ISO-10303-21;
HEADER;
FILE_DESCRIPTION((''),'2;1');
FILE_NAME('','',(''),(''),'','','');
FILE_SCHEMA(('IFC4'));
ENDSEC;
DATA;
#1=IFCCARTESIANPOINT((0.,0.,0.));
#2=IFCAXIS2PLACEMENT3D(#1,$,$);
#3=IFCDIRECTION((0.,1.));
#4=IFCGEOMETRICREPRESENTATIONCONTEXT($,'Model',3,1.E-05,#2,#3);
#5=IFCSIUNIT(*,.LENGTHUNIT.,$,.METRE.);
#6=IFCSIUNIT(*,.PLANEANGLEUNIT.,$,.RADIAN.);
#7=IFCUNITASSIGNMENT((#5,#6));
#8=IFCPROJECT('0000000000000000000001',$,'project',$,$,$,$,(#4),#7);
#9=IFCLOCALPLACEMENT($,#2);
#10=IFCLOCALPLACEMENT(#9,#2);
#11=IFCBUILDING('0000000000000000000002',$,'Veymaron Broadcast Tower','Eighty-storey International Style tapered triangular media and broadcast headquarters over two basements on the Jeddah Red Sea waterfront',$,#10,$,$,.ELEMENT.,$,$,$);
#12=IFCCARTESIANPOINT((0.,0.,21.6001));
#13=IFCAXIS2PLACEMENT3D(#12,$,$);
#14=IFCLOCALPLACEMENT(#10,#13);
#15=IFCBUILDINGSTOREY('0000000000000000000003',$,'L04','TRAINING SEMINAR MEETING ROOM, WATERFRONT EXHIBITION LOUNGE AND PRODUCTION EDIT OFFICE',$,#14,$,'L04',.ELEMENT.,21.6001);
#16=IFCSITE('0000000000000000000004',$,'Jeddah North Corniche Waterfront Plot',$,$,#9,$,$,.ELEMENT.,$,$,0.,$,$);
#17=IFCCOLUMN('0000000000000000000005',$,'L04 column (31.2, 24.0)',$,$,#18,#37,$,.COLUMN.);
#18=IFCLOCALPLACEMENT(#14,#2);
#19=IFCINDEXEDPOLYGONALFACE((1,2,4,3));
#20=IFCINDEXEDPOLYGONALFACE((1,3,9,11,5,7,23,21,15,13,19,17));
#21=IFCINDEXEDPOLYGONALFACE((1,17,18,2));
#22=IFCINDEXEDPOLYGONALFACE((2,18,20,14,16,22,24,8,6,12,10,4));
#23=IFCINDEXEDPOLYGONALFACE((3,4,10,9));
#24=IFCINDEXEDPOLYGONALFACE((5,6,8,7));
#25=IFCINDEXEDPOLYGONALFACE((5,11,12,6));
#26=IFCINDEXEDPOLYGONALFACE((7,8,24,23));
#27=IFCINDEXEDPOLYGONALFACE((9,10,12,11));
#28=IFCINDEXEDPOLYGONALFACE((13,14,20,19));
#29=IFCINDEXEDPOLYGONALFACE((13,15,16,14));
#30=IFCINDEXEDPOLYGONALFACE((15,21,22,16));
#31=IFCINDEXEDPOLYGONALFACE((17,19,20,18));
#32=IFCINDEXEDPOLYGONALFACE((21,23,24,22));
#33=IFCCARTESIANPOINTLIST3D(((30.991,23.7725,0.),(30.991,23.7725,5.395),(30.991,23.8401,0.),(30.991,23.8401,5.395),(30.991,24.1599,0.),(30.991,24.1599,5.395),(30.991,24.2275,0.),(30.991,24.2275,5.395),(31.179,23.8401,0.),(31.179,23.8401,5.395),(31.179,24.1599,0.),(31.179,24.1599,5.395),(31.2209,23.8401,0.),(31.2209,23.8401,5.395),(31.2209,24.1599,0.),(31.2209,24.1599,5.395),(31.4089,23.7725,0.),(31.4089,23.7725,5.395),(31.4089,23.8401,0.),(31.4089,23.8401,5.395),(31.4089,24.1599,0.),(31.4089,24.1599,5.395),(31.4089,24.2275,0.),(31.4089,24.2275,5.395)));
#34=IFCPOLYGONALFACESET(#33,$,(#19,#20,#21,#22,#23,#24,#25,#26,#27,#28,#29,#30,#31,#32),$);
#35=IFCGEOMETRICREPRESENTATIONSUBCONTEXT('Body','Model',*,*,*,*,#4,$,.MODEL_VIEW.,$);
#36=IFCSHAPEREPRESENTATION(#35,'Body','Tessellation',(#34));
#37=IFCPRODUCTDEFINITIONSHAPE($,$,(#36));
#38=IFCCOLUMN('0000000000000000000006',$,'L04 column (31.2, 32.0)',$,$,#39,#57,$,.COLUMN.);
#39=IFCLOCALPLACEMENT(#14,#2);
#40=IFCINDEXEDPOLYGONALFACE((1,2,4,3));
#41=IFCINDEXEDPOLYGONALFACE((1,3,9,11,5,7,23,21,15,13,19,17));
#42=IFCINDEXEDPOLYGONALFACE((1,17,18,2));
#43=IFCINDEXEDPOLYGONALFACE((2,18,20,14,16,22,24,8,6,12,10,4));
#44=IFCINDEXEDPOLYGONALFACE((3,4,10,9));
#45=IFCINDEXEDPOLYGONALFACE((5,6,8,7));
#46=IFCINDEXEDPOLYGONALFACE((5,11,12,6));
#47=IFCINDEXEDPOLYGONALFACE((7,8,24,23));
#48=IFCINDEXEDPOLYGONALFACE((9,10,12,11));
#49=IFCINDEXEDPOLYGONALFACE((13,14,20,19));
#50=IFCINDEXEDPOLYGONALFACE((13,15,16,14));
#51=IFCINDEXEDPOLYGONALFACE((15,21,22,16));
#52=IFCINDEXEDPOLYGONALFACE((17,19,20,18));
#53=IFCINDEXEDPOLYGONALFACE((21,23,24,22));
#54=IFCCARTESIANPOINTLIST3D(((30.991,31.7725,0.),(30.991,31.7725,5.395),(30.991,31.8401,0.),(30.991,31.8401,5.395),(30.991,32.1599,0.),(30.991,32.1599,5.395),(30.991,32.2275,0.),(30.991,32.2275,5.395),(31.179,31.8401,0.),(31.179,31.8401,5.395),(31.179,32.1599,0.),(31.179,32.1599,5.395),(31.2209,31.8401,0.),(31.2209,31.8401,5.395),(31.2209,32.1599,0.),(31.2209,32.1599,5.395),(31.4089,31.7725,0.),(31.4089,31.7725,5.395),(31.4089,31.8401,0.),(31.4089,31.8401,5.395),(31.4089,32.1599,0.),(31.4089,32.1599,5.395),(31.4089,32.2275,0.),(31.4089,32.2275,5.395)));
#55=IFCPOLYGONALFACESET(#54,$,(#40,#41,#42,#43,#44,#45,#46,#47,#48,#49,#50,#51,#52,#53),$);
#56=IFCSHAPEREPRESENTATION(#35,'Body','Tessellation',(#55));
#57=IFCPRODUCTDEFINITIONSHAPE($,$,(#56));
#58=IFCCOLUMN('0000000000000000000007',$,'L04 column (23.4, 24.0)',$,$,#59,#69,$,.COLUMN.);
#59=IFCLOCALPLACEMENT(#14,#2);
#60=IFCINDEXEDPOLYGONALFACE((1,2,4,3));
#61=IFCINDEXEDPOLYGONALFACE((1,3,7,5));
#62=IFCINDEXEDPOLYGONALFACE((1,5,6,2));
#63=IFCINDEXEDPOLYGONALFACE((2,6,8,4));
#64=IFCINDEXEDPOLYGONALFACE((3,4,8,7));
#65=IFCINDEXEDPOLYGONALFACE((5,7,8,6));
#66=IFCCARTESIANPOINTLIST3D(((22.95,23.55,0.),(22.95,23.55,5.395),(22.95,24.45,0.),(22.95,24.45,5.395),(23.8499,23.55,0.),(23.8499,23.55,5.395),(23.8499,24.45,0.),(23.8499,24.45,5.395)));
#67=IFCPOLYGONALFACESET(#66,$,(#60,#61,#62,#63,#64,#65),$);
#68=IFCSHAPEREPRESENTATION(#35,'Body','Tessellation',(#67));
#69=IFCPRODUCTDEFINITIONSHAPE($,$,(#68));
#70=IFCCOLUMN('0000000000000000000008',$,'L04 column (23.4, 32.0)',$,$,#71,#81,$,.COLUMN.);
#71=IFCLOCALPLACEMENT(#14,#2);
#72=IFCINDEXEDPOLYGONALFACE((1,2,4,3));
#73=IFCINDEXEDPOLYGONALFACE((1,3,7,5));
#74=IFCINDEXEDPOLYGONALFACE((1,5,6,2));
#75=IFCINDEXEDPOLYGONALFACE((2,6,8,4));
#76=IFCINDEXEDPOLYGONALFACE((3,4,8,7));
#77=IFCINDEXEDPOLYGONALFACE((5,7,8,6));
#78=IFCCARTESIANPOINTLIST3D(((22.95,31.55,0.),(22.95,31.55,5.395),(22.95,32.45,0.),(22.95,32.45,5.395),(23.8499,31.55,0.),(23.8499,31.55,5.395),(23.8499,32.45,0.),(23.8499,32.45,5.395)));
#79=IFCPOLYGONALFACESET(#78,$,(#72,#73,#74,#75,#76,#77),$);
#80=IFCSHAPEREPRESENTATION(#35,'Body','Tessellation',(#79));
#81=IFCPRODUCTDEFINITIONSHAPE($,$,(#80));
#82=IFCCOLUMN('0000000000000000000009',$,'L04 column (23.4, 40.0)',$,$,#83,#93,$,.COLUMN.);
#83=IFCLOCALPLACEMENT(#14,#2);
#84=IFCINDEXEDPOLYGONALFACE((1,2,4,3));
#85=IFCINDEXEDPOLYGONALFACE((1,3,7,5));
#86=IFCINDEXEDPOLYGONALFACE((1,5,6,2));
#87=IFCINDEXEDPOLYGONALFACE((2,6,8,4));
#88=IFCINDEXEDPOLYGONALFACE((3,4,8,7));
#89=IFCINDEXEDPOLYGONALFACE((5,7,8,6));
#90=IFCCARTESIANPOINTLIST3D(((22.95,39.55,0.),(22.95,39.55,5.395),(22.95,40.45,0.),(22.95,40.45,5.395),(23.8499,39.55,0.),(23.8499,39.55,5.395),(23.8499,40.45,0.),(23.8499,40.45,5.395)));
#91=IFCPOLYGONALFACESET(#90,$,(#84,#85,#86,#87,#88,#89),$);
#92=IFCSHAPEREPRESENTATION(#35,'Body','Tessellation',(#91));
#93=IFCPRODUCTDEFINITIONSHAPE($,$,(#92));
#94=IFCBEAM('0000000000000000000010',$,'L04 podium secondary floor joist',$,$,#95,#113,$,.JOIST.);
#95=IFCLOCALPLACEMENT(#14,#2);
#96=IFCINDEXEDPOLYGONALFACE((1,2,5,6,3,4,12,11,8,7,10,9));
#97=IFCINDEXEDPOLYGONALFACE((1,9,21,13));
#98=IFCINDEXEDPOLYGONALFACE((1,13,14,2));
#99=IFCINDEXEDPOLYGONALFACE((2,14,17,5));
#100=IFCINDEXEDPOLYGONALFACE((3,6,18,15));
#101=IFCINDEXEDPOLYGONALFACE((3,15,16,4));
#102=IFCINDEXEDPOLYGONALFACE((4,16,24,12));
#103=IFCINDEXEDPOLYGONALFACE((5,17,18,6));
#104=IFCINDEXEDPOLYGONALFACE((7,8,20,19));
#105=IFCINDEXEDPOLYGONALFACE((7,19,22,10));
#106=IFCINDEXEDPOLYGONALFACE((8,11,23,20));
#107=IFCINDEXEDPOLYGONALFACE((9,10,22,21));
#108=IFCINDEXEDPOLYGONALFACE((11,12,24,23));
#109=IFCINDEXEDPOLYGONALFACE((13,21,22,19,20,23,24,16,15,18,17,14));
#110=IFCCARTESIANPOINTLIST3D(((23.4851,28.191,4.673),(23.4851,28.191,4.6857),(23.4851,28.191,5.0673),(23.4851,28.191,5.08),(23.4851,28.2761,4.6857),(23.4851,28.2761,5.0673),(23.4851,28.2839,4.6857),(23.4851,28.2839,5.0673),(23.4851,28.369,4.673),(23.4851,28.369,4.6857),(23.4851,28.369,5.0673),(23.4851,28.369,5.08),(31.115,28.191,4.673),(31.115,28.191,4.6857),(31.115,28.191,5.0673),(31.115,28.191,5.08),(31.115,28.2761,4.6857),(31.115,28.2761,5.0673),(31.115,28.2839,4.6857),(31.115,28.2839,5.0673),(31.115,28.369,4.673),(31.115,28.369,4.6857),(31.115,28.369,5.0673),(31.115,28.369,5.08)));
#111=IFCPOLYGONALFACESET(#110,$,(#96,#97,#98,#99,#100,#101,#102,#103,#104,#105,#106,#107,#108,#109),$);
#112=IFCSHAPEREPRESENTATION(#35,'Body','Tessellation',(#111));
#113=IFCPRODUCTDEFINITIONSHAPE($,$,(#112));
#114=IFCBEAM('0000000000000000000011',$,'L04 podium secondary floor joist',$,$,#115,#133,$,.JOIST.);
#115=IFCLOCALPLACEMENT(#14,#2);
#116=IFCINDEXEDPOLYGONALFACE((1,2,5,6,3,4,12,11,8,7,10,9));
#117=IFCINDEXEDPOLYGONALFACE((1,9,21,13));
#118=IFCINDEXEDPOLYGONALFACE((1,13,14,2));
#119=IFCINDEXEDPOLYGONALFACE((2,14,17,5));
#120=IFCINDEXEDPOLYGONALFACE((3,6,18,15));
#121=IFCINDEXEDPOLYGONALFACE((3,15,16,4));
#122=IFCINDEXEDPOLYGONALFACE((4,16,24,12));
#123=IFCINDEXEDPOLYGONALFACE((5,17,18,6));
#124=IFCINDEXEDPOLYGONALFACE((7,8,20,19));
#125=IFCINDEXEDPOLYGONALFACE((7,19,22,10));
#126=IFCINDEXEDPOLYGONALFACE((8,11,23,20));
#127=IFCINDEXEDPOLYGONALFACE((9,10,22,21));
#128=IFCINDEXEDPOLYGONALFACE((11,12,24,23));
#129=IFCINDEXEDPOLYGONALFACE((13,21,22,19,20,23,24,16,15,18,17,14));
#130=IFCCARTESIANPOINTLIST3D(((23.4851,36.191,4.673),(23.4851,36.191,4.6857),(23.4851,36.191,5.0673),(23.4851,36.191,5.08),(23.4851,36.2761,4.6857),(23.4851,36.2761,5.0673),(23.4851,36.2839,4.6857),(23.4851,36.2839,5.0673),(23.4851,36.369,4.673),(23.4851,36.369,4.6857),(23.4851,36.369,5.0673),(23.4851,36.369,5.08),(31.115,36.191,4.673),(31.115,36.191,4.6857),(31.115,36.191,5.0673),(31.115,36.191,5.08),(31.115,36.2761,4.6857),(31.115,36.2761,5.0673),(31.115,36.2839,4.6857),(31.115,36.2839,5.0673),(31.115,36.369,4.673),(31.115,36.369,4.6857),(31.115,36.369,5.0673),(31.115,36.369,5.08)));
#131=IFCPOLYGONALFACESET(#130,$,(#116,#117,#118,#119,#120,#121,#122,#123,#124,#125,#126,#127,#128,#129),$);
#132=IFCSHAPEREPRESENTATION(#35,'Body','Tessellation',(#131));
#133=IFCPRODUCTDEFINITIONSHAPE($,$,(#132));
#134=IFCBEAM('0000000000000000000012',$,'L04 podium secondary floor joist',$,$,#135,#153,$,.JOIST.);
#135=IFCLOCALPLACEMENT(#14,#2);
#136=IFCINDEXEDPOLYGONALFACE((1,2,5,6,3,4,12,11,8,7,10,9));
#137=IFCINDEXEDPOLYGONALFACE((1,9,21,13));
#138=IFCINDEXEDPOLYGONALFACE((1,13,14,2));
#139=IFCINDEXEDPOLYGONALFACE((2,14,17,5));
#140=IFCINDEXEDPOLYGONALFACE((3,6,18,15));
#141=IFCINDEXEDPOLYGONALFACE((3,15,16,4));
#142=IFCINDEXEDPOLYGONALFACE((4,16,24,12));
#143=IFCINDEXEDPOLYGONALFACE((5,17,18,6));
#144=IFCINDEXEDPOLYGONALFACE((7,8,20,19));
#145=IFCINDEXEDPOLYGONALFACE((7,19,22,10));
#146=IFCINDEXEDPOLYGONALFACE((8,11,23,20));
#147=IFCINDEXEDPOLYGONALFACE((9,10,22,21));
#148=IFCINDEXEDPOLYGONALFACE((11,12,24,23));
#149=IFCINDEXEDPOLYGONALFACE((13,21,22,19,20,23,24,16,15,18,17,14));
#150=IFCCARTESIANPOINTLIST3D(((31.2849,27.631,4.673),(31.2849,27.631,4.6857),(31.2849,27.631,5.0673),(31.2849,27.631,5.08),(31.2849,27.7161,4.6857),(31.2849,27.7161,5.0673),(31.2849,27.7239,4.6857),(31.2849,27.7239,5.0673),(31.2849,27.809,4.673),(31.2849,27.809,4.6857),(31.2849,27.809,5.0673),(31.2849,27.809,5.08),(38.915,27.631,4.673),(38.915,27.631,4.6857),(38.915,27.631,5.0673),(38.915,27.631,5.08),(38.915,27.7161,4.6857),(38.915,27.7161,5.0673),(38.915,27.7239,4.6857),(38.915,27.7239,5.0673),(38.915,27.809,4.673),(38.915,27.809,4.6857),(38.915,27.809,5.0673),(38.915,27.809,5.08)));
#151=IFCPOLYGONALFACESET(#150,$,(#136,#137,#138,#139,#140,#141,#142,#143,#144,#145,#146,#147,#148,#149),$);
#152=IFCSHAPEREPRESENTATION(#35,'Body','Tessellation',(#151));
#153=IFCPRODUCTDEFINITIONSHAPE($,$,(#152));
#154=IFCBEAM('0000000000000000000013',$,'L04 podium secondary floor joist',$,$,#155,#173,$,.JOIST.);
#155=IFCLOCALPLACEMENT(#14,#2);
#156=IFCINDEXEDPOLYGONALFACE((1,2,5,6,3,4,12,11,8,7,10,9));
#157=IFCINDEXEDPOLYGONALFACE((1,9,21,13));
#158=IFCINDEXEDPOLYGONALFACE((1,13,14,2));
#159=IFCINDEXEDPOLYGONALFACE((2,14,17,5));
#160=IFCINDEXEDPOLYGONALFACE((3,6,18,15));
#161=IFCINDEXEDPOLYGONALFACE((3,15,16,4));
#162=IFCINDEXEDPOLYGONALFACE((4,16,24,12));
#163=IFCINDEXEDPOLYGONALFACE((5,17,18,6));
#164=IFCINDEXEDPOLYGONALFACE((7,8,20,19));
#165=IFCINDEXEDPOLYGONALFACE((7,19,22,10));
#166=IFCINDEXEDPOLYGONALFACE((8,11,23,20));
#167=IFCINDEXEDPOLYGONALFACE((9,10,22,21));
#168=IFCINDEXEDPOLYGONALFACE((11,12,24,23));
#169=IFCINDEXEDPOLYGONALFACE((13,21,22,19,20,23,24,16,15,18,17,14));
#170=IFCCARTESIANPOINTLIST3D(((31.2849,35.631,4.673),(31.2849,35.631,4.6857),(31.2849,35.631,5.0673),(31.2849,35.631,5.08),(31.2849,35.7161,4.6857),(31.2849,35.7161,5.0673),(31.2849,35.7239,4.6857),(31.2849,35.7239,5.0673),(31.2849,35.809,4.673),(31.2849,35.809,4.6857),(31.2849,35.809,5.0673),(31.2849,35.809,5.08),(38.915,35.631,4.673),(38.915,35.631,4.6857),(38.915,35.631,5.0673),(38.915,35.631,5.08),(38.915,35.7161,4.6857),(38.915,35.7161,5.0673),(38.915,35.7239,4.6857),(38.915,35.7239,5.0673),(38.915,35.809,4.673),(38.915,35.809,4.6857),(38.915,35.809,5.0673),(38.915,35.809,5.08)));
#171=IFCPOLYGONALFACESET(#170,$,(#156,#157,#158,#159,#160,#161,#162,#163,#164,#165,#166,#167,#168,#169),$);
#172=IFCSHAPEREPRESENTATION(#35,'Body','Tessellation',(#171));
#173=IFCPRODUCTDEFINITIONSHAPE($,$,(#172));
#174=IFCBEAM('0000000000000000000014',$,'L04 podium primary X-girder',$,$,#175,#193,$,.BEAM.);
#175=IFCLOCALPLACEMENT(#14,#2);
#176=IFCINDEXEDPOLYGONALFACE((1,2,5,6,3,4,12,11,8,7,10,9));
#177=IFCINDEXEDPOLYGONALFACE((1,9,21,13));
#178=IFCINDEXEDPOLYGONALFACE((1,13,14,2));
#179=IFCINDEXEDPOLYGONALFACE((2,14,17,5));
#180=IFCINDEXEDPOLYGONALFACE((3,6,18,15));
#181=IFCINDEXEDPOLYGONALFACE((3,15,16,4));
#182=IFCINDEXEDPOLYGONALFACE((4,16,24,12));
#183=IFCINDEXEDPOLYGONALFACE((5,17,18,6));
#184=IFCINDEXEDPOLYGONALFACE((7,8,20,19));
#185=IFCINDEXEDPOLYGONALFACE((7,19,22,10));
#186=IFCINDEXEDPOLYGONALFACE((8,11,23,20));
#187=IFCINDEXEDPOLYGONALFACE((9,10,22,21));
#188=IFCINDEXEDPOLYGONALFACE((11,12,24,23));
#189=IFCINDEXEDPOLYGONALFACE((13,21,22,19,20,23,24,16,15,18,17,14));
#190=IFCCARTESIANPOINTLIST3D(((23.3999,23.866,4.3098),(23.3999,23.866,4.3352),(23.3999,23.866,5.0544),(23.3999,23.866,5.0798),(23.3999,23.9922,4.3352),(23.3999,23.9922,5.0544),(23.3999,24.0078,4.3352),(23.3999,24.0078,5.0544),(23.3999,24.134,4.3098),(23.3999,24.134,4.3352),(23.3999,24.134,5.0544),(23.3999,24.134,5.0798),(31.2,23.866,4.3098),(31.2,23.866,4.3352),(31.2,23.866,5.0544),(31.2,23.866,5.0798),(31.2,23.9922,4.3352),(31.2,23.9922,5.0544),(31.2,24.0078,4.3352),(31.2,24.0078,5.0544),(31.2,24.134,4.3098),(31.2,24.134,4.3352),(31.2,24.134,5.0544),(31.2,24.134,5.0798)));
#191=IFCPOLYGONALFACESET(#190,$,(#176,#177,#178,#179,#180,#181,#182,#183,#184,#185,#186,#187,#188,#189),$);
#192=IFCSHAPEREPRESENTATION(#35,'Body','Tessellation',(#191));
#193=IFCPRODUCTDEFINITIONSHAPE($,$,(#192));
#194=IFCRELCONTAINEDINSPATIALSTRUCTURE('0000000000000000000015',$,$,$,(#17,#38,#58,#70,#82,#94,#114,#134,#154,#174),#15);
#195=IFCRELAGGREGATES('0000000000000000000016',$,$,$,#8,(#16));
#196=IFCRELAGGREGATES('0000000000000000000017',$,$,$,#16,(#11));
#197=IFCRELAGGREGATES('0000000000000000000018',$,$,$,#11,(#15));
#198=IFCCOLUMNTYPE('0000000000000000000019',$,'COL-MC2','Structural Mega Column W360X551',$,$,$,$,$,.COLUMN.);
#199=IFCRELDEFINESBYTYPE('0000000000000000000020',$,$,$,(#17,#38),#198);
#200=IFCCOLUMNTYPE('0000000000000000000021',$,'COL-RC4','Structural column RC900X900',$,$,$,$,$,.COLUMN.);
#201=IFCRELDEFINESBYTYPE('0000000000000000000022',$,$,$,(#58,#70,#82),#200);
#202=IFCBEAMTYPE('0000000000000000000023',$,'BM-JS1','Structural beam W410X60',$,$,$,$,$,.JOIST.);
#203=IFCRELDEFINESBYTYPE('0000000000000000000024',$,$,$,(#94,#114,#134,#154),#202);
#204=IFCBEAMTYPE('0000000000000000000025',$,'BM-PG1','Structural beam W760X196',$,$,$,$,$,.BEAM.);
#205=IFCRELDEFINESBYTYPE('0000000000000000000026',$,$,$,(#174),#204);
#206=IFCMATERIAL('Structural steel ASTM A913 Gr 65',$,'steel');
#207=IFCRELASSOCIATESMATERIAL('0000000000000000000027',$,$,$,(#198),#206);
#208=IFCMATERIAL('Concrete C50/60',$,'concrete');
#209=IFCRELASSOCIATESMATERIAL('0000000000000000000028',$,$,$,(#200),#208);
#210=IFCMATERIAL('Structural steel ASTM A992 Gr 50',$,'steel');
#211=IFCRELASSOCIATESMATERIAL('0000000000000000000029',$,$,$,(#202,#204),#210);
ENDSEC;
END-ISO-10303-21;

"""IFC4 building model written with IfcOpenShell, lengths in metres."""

from ifc_helpers import new_model, si_unit, direction, frame, origin, origin_2d, place, context, subcontext, project, spatial, rectangle, i_section, extrude, material, material_profile, profile_set, type_object, element, save


model = new_model("IFC4")

# Units and contexts
model_context = context("Model", 3, precision=1e-05, world=origin(), true_north=direction((0.0, 1.0)))
body_context = subcontext(model_context, "Body", "Model", "MODEL_VIEW")
ifc_project = project(units=[si_unit("LENGTHUNIT", "METRE"), si_unit("PLANEANGLEUNIT", "RADIAN")], contexts=[model_context])

# Site, building, storey
site_placement = place(None, origin())
site = spatial("IfcSite", under=ifc_project, at=site_placement, Name="Jeddah North Corniche Waterfront Plot", CompositionType="ELEMENT", RefElevation=0.0)
building_placement = place(site_placement, origin())
building = spatial("IfcBuilding", under=site, at=building_placement, Name="Veymaron Broadcast Tower", Description="Eighty-storey International Style tapered triangular media and broadcast headquarters over two basements on the Jeddah Red Sea waterfront", CompositionType="ELEMENT")
storey_placement = place(building_placement, frame((0.0, 0.0, 21.6001)))
storey = spatial("IfcBuildingStorey", under=building, at=storey_placement, Name="L04", Description="TRAINING SEMINAR MEETING ROOM, WATERFRONT EXHIBITION LOUNGE AND PRODUCTION EDIT OFFICE", LongName="L04", CompositionType="ELEMENT", Elevation=21.6001)

# Columns
ifc_material_1 = material(Name="Structural steel ASTM A913 Gr 65", Category="steel")
ifc_material_profile_1 = material_profile(ifc_material_1, i_section(OverallWidth=0.418, OverallDepth=0.4551, WebThickness=0.042, FlangeThickness=0.0676, at=origin_2d()), Name="W360X551")
ifc_profile_set_1 = profile_set([ifc_material_profile_1], Name="Structural steel ASTM A913 Gr 65")
column_type_1 = type_object("IfcColumnType", Name="COL-MC2", Description="Structural Mega Column W360X551", PredefinedType="COLUMN", material=ifc_profile_set_1)
for number, where, z_axis, x_axis, name in (
    (1, (31.2, 24.0, 0.0), (0.0, 0.0, 1.0), (1.0, 0.0, 0.0), "L04 column (31.2, 24.0)"),
    (2, (31.2, 32.0, 0.0), (0.0, 0.0, 1.0), (1.0, 0.0, 0.0), "L04 column (31.2, 32.0)"),
):
    element("IfcColumn", number, at=place(storey_placement, frame(where, z_axis=z_axis, x_axis=x_axis)), inside=storey, type_object=column_type_1, Name=name, PredefinedType="COLUMN", context=body_context, shape_type="SweptSolid", body=[
        extrude(i_section(OverallWidth=0.418, OverallDepth=0.4551, WebThickness=0.042, FlangeThickness=0.0676, at=origin_2d()), origin(), (0.0, 0.0, 1.0), 5.395),
    ])
ifc_material_2 = material(Name="Concrete C50/60", Category="concrete")
ifc_material_profile_2 = material_profile(ifc_material_2, rectangle(XDim=0.8999, YDim=0.8999, at=origin_2d()), Name="RC900X900")
ifc_profile_set_2 = profile_set([ifc_material_profile_2], Name="Concrete C50/60")
column_type_2 = type_object("IfcColumnType", Name="COL-RC4", Description="Structural column RC900X900", PredefinedType="COLUMN", material=ifc_profile_set_2)
for number, where, z_axis, x_axis, name in (
    (3, (23.3999, 24.0, 0.0), (0.0, 0.0, 1.0), (1.0, 0.0, 0.0), "L04 column (23.4, 24.0)"),
    (4, (23.3999, 32.0, 0.0), (0.0, 0.0, 1.0), (1.0, 0.0, 0.0), "L04 column (23.4, 32.0)"),
    (5, (23.3999, 40.0, 0.0), (0.0, 0.0, 1.0), (1.0, 0.0, 0.0), "L04 column (23.4, 40.0)"),
):
    element("IfcColumn", number, at=place(storey_placement, frame(where, z_axis=z_axis, x_axis=x_axis)), inside=storey, type_object=column_type_2, Name=name, PredefinedType="COLUMN", context=body_context, shape_type="SweptSolid", body=[
        extrude(rectangle(XDim=0.8999, YDim=0.8999, at=origin_2d()), origin(), (0.0, 0.0, 1.0), 5.395),
    ])

# Beams
ifc_material_3 = material(Name="Structural steel ASTM A992 Gr 50", Category="steel")
ifc_material_profile_3 = material_profile(ifc_material_3, i_section(OverallWidth=0.178, OverallDepth=0.407, WebThickness=0.0078, FlangeThickness=0.0127, at=origin_2d()), Name="W410X60")
ifc_profile_set_3 = profile_set([ifc_material_profile_3], Name="Structural steel ASTM A992 Gr 50")
beam_type_1 = type_object("IfcBeamType", Name="BM-JS1", Description="Structural beam W410X60", PredefinedType="JOIST", material=ifc_profile_set_3)
for number, where, z_axis, x_axis, name in (
    (6, (23.4851, 28.28, 4.8765), (1.0, 0.0, 0.0), (0.0, 1.0, 0.0), "L04 podium secondary floor joist"),
    (7, (23.4851, 36.28, 4.8765), (1.0, 0.0, 0.0), (0.0, 1.0, 0.0), "L04 podium secondary floor joist"),
):
    element("IfcBeam", number, at=place(storey_placement, frame(where, z_axis=z_axis, x_axis=x_axis)), inside=storey, type_object=beam_type_1, Name=name, PredefinedType="JOIST", context=body_context, shape_type="SweptSolid", body=[
        extrude(i_section(OverallWidth=0.178, OverallDepth=0.407, WebThickness=0.0078, FlangeThickness=0.0127, at=origin_2d()), origin(), (0.0, 0.0, 1.0), 7.6299),
    ])
for number, where, z_axis, x_axis, name in (
    (8, (31.2849, 27.72, 4.8765), (1.0, 0.0, 0.0), (0.0, 1.0, 0.0), "L04 podium secondary floor joist"),
    (9, (31.2849, 35.72, 4.8765), (1.0, 0.0, 0.0), (0.0, 1.0, 0.0), "L04 podium secondary floor joist"),
):
    element("IfcBeam", number, at=place(storey_placement, frame(where, z_axis=z_axis, x_axis=x_axis)), inside=storey, type_object=beam_type_1, Name=name, PredefinedType="JOIST", context=body_context, shape_type="SweptSolid", body=[
        extrude(i_section(OverallWidth=0.178, OverallDepth=0.407, WebThickness=0.0078, FlangeThickness=0.0127, at=origin_2d()), origin(), (0.0, 0.0, 1.0), 7.6301),
    ])
ifc_material_profile_4 = material_profile(ifc_material_3, i_section(OverallWidth=0.2681, OverallDepth=0.77, WebThickness=0.0156, FlangeThickness=0.0254, at=origin_2d()), Name="W760X196")
ifc_profile_set_4 = profile_set([ifc_material_profile_4], Name="Structural steel ASTM A992 Gr 50")
beam_type_2 = type_object("IfcBeamType", Name="BM-PG1", Description="Structural beam W760X196", PredefinedType="BEAM", material=ifc_profile_set_4)
for number, where, z_axis, x_axis, name in (
    (10, (23.3999, 24.0, 4.6948), (1.0, 0.0, 0.0), (0.0, 1.0, 0.0), "L04 podium primary X-girder"),
):
    element("IfcBeam", number, at=place(storey_placement, frame(where, z_axis=z_axis, x_axis=x_axis)), inside=storey, type_object=beam_type_2, Name=name, PredefinedType="BEAM", context=body_context, shape_type="SweptSolid", body=[
        extrude(i_section(OverallWidth=0.2681, OverallDepth=0.77, WebThickness=0.0156, FlangeThickness=0.0254, at=origin_2d()), origin(), (0.0, 0.0, 1.0), 7.8),
    ])

save(model, "model.ifc")
